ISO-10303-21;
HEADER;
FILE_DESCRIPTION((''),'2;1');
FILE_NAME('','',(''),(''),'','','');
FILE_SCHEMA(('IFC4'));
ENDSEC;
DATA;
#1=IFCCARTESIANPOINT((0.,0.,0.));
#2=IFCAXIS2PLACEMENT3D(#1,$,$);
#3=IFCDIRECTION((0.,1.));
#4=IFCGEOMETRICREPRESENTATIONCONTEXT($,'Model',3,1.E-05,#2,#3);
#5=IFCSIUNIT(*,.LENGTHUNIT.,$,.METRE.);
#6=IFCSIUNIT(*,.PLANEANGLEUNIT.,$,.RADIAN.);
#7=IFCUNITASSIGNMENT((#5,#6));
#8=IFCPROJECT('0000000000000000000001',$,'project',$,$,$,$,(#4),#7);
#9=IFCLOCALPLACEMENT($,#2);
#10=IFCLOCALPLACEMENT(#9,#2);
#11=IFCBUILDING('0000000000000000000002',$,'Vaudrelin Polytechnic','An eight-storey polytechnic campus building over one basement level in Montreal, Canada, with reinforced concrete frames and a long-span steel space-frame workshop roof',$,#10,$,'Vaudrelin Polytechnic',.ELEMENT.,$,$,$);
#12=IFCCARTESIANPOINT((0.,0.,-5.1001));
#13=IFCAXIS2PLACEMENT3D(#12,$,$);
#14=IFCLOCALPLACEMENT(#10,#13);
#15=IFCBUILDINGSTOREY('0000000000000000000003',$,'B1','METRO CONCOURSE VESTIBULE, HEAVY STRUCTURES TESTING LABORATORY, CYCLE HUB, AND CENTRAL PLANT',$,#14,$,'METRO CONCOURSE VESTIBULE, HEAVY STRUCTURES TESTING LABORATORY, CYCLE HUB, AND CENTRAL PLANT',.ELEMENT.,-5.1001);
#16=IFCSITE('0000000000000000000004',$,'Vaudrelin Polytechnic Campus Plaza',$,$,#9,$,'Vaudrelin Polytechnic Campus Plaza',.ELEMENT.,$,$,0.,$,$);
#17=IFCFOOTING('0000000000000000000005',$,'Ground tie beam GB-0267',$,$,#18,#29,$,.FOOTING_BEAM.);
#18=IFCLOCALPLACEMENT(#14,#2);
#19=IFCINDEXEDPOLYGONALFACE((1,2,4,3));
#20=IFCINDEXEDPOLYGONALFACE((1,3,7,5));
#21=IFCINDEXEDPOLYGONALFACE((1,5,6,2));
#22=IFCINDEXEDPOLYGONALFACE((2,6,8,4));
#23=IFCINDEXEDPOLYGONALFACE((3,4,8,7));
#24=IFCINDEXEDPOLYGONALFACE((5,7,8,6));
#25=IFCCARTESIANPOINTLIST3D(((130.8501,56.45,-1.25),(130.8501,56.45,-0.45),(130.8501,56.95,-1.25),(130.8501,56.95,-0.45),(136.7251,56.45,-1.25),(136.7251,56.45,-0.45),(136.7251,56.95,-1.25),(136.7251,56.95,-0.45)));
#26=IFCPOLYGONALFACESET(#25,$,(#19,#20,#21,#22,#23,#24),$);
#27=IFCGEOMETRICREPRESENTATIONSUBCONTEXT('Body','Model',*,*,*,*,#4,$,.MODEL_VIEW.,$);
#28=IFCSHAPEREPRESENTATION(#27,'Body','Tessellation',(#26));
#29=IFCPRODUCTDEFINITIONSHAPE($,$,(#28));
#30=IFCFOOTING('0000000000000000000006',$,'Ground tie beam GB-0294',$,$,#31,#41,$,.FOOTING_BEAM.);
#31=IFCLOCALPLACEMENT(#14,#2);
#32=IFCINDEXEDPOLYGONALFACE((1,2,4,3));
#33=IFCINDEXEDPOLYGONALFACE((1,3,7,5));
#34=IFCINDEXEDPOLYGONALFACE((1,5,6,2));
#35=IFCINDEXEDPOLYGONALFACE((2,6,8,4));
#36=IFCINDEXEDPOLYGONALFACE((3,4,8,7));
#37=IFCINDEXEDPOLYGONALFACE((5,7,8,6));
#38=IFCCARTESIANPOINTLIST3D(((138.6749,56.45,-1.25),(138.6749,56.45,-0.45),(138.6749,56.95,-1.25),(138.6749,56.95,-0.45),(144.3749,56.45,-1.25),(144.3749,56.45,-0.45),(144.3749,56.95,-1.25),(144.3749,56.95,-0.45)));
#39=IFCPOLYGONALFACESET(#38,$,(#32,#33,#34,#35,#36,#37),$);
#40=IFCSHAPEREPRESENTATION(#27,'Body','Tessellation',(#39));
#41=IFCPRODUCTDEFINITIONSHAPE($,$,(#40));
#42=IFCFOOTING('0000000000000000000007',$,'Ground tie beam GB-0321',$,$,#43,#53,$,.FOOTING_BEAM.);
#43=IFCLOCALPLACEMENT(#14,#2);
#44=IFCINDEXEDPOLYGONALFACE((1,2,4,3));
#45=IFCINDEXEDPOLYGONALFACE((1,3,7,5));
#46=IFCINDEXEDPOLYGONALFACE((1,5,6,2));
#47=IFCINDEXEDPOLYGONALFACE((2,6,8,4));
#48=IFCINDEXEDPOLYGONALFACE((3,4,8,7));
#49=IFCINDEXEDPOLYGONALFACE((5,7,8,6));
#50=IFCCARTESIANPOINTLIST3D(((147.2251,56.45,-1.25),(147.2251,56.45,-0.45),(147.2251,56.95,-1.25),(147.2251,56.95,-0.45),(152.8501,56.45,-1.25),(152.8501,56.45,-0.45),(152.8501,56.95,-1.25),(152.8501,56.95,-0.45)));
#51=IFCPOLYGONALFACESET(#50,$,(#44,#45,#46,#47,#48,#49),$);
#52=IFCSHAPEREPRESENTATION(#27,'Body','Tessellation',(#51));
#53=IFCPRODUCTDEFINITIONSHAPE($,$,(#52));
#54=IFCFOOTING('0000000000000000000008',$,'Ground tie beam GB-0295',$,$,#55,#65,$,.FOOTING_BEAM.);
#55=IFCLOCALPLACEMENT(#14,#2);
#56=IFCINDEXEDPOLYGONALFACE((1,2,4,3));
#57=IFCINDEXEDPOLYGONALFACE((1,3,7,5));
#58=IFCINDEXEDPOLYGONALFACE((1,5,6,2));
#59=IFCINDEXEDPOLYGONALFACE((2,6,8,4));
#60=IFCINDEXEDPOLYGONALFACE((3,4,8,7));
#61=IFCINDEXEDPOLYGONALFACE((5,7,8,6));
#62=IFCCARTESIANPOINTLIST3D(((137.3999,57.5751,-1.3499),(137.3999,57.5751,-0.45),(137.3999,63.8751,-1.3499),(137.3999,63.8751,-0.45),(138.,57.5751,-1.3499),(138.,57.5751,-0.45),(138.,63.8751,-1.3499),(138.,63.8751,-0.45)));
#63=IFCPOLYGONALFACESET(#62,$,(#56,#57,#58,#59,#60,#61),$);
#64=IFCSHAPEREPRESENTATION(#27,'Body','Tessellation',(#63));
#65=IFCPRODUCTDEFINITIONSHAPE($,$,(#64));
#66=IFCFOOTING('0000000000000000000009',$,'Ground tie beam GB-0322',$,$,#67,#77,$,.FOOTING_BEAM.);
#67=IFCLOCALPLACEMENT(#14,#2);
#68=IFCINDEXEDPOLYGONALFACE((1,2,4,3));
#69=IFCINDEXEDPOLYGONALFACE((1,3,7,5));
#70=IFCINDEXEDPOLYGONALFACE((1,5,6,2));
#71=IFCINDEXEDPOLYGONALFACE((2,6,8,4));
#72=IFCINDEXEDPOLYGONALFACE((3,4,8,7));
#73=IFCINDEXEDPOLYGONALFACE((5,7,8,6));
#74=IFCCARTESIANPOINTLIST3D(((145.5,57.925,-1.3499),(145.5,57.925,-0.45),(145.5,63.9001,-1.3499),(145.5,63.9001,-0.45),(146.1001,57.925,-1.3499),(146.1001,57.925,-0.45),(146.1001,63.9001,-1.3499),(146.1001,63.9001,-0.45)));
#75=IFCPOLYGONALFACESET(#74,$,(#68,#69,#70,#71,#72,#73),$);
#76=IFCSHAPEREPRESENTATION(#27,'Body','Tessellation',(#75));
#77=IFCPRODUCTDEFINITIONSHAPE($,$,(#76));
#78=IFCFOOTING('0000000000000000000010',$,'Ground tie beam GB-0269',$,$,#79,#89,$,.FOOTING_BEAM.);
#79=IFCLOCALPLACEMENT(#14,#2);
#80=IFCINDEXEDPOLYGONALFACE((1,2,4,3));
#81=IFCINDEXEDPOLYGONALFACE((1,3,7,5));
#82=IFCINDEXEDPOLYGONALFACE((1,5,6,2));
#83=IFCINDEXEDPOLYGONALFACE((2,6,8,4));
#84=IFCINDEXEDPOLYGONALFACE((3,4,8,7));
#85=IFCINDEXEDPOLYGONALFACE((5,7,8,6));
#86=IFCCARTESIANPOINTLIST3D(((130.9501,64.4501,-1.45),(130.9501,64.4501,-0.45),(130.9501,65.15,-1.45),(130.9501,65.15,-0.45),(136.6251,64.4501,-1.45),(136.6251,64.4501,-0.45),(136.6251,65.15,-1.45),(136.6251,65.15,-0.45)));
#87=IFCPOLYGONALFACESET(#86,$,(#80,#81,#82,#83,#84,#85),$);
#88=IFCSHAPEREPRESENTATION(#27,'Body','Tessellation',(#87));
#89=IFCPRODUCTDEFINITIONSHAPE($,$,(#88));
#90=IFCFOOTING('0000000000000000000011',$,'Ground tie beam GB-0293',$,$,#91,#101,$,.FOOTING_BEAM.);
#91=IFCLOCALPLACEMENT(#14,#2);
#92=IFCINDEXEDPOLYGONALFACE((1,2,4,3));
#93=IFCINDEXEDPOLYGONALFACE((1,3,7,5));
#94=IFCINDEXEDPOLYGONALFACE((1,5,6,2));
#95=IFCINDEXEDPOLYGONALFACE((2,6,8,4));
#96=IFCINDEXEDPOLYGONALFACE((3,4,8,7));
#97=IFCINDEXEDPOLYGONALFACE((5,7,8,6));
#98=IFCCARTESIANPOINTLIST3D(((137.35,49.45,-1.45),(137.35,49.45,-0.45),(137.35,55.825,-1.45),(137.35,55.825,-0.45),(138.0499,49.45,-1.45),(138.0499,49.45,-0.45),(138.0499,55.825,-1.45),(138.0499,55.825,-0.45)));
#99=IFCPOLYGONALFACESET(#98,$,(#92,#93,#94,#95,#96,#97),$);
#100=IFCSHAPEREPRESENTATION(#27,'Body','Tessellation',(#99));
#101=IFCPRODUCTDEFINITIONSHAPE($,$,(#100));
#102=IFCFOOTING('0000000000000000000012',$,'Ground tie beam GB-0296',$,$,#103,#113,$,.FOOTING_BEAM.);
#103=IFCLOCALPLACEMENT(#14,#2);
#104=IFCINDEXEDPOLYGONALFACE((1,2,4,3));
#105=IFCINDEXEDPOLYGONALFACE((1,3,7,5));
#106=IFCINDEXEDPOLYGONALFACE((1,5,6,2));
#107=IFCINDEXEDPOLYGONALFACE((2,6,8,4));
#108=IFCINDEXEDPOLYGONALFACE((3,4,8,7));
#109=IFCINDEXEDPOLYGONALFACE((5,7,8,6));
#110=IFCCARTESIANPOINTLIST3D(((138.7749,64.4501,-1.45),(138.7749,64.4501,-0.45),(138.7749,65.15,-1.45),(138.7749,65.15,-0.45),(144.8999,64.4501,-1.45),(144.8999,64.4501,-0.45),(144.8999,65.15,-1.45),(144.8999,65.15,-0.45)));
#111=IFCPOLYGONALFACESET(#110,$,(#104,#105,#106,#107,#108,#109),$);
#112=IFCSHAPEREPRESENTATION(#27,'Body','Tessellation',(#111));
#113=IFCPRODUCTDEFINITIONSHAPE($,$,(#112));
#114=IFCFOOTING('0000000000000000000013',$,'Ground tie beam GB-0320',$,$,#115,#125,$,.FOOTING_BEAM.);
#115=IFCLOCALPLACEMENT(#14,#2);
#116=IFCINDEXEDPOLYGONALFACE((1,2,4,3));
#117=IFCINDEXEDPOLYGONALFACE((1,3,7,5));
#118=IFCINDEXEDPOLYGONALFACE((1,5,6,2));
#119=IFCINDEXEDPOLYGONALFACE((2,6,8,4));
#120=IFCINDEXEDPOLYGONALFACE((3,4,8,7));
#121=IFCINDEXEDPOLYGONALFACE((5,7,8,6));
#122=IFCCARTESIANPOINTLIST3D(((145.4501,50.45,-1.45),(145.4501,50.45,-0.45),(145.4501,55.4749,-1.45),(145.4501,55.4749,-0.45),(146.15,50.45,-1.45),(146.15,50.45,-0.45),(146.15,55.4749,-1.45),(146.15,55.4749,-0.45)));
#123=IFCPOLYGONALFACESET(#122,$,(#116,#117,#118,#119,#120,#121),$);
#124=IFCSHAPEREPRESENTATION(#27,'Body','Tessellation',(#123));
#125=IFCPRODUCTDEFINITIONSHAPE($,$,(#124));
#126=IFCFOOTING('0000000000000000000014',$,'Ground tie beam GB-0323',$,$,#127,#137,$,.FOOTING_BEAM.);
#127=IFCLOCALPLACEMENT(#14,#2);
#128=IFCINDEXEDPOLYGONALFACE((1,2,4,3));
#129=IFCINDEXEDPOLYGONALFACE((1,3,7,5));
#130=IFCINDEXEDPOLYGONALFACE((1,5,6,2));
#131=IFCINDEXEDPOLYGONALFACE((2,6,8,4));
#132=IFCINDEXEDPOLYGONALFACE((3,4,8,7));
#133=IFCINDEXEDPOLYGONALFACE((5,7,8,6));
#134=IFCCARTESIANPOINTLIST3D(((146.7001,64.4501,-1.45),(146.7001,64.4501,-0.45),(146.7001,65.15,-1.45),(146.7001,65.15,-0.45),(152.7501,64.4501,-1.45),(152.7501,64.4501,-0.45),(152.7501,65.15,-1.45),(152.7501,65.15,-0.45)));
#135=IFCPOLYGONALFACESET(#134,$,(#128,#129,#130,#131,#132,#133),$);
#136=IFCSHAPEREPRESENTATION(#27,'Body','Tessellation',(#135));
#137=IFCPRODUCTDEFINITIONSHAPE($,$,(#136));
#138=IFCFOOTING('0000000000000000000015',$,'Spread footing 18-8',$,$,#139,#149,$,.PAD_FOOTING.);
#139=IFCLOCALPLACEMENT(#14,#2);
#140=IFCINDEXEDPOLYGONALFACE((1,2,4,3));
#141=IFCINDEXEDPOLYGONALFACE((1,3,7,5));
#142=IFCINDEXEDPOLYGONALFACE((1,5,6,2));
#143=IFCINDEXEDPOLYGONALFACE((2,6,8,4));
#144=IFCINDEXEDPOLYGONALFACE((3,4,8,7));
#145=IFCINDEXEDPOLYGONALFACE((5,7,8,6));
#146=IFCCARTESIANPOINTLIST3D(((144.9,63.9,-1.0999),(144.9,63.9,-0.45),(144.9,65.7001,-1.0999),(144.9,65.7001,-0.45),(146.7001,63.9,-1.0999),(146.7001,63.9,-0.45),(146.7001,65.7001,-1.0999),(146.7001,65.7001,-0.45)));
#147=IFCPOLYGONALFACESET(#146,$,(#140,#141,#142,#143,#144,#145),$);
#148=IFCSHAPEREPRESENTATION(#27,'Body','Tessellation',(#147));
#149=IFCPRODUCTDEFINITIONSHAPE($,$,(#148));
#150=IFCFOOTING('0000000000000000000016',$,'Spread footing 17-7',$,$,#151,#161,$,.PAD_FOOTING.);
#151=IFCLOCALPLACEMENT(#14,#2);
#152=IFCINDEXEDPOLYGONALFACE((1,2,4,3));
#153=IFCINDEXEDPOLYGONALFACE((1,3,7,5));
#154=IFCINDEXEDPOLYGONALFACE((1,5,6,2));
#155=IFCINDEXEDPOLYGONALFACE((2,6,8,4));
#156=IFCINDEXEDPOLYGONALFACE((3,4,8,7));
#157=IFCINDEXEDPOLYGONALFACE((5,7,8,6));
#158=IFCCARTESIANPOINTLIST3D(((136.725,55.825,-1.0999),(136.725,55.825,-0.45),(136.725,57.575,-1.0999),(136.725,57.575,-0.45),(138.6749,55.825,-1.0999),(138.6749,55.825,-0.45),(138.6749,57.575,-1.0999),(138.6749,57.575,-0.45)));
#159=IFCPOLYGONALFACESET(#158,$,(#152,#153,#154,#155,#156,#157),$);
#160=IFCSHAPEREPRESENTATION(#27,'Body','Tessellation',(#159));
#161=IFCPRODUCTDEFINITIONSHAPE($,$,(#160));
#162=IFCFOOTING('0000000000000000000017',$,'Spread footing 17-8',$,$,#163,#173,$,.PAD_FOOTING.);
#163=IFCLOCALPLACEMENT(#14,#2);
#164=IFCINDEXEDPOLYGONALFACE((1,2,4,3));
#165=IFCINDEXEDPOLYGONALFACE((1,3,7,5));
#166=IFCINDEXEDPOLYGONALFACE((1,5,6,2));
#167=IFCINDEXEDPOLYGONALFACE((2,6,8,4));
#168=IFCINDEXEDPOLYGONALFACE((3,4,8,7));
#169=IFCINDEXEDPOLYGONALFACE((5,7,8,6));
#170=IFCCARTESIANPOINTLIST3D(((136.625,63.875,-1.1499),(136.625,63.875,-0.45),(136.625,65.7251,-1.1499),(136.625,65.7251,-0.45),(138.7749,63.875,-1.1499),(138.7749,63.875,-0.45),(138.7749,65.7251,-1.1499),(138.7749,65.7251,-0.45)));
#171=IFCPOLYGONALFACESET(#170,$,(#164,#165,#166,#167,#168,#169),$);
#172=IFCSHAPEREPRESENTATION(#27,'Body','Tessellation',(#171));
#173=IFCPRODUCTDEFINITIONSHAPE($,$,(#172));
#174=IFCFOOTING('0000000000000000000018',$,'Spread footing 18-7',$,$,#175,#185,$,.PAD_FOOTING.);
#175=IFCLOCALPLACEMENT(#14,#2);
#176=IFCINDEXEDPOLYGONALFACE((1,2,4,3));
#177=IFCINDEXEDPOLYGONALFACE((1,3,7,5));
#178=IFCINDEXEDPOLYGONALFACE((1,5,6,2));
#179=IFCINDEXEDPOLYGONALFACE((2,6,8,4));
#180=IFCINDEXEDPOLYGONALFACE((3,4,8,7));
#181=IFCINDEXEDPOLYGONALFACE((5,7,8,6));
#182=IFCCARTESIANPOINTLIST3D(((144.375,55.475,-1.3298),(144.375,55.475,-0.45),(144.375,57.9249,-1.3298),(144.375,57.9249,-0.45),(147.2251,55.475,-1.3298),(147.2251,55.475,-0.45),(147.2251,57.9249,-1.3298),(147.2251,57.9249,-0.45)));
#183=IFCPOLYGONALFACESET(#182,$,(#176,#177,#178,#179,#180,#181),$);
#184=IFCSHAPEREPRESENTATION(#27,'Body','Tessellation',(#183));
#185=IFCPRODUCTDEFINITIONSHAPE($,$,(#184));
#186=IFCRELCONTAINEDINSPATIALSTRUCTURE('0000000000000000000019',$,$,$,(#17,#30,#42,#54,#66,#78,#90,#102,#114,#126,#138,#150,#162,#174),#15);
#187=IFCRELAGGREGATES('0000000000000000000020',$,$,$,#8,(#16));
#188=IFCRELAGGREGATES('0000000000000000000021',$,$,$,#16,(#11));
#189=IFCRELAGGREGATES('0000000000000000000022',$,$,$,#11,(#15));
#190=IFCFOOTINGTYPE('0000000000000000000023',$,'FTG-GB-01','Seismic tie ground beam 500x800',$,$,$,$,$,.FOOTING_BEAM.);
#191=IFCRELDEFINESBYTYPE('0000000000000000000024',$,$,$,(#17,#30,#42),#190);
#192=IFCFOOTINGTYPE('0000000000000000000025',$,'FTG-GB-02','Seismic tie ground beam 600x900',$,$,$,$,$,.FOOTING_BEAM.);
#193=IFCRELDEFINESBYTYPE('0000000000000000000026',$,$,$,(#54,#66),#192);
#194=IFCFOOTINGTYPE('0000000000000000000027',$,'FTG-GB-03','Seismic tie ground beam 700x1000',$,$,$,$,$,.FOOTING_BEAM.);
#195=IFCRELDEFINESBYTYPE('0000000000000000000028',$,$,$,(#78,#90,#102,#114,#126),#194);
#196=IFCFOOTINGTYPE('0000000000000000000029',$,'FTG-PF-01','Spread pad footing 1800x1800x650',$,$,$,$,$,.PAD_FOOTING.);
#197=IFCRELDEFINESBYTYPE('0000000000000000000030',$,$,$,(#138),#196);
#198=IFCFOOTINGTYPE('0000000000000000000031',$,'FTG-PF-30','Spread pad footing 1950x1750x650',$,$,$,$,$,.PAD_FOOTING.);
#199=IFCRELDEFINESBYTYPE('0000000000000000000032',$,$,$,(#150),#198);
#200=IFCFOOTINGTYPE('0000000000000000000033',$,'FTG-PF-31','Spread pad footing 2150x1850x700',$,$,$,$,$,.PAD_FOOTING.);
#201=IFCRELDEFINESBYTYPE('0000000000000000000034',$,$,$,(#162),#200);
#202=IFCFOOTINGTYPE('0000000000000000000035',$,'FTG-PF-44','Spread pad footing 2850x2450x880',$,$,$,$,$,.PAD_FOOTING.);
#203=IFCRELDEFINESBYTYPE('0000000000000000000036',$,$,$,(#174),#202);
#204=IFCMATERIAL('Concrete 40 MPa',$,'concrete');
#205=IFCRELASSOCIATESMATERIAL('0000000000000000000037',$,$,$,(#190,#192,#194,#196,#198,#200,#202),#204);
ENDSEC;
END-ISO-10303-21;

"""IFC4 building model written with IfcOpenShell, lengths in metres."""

from ifc_helpers import new_model, si_unit, direction, frame, origin, origin_2d, place, context, subcontext, project, spatial, rectangle, extrude, material, type_object, element, save


model = new_model("IFC4")

# Units and contexts
model_context = context("Model", 3, precision=1e-05, world=origin(), true_north=direction((0.0, 1.0)))
body_context = subcontext(model_context, "Body", "Model", "MODEL_VIEW")
ifc_project = project(units=[si_unit("LENGTHUNIT", "METRE"), si_unit("PLANEANGLEUNIT", "RADIAN")], contexts=[model_context])

# Site, building, storey
site_placement = place(None, origin())
site = spatial("IfcSite", under=ifc_project, at=site_placement, Name="Vaudrelin Polytechnic Campus Plaza", LongName="Vaudrelin Polytechnic Campus Plaza", CompositionType="ELEMENT", RefElevation=0.0)
building_placement = place(site_placement, origin())
building = spatial("IfcBuilding", under=site, at=building_placement, Name="Vaudrelin Polytechnic", Description="An eight-storey polytechnic campus building over one basement level in Montreal, Canada, with reinforced concrete frames and a long-span steel space-frame workshop roof", LongName="Vaudrelin Polytechnic", CompositionType="ELEMENT")
storey_placement = place(building_placement, frame((0.0, 0.0, -5.1001)))
storey = spatial("IfcBuildingStorey", under=building, at=storey_placement, Name="B1", Description="METRO CONCOURSE VESTIBULE, HEAVY STRUCTURES TESTING LABORATORY, CYCLE HUB, AND CENTRAL PLANT", LongName="METRO CONCOURSE VESTIBULE, HEAVY STRUCTURES TESTING LABORATORY, CYCLE HUB, AND CENTRAL PLANT", CompositionType="ELEMENT", Elevation=-5.1001)

# Footings
ifc_material_1 = material(Name="Concrete 40 MPa", Category="concrete")
footing_type_1 = type_object("IfcFootingType", Name="FTG-GB-01", Description="Seismic tie ground beam 500x800", PredefinedType="FOOTING_BEAM", material=ifc_material_1)
footing_1_placement = place(storey_placement, frame((133.7876, 56.7, -1.25), z_axis=(0.0, 0.0, 1.0), x_axis=(1.0, 0.0, 0.0)))
element("IfcFooting", 1, at=footing_1_placement, inside=storey, type_object=footing_type_1, Name="Ground tie beam GB-0267", PredefinedType="FOOTING_BEAM", context=body_context, shape_type="SweptSolid", body=[
    extrude(rectangle(XDim=5.875, YDim=0.5, at=origin_2d()), origin(), (0.0, 0.0, 1.0), 0.8),
])
footing_2_placement = place(storey_placement, frame((141.5249, 56.7, -1.25), z_axis=(0.0, 0.0, 1.0), x_axis=(1.0, 0.0, 0.0)))
element("IfcFooting", 2, at=footing_2_placement, inside=storey, type_object=footing_type_1, Name="Ground tie beam GB-0294", PredefinedType="FOOTING_BEAM", context=body_context, shape_type="SweptSolid", body=[
    extrude(rectangle(XDim=5.7, YDim=0.5, at=origin_2d()), origin(), (0.0, 0.0, 1.0), 0.8),
])
footing_3_placement = place(storey_placement, frame((150.0376, 56.7, -1.25), z_axis=(0.0, 0.0, 1.0), x_axis=(1.0, 0.0, 0.0)))
element("IfcFooting", 3, at=footing_3_placement, inside=storey, type_object=footing_type_1, Name="Ground tie beam GB-0321", PredefinedType="FOOTING_BEAM", context=body_context, shape_type="SweptSolid", body=[
    extrude(rectangle(XDim=5.625, YDim=0.5, at=origin_2d()), origin(), (0.0, 0.0, 1.0), 0.8),
])
footing_type_2 = type_object("IfcFootingType", Name="FTG-GB-02", Description="Seismic tie ground beam 600x900", PredefinedType="FOOTING_BEAM", material=ifc_material_1)
footing_4_placement = place(storey_placement, frame((137.7, 60.7251, -1.3499), z_axis=(0.0, 0.0, 1.0), x_axis=(1.0, 0.0, 0.0)))
element("IfcFooting", 4, at=footing_4_placement, inside=storey, type_object=footing_type_2, Name="Ground tie beam GB-0295", PredefinedType="FOOTING_BEAM", context=body_context, shape_type="SweptSolid", body=[
    extrude(rectangle(XDim=0.6001, YDim=6.3, at=origin_2d()), origin(), (0.0, 0.0, 1.0), 0.8999),
])
footing_5_placement = place(storey_placement, frame((145.8, 60.9126, -1.3499), z_axis=(0.0, 0.0, 1.0), x_axis=(1.0, 0.0, 0.0)))
element("IfcFooting", 5, at=footing_5_placement, inside=storey, type_object=footing_type_2, Name="Ground tie beam GB-0322", PredefinedType="FOOTING_BEAM", context=body_context, shape_type="SweptSolid", body=[
    extrude(rectangle(XDim=0.6001, YDim=5.9751, at=origin_2d()), origin(), (0.0, 0.0, 1.0), 0.8999),
])
footing_type_3 = type_object("IfcFootingType", Name="FTG-GB-03", Description="Seismic tie ground beam 700x1000", PredefinedType="FOOTING_BEAM", material=ifc_material_1)
footing_6_placement = place(storey_placement, frame((133.7876, 64.8, -1.45), z_axis=(0.0, 0.0, 1.0), x_axis=(1.0, 0.0, 0.0)))
element("IfcFooting", 6, at=footing_6_placement, inside=storey, type_object=footing_type_3, Name="Ground tie beam GB-0269", PredefinedType="FOOTING_BEAM", context=body_context, shape_type="SweptSolid", body=[
    extrude(rectangle(XDim=5.675, YDim=0.7, at=origin_2d()), origin(), (0.0, 0.0, 1.0), 1.0),
])
footing_7_placement = place(storey_placement, frame((137.7, 52.6375, -1.45), z_axis=(0.0, 0.0, 1.0), x_axis=(1.0, 0.0, 0.0)))
element("IfcFooting", 7, at=footing_7_placement, inside=storey, type_object=footing_type_3, Name="Ground tie beam GB-0293", PredefinedType="FOOTING_BEAM", context=body_context, shape_type="SweptSolid", body=[
    extrude(rectangle(XDim=0.7, YDim=6.375, at=origin_2d()), origin(), (0.0, 0.0, 1.0), 1.0),
])
footing_8_placement = place(storey_placement, frame((141.8374, 64.8, -1.45), z_axis=(0.0, 0.0, 1.0), x_axis=(1.0, 0.0, 0.0)))
element("IfcFooting", 8, at=footing_8_placement, inside=storey, type_object=footing_type_3, Name="Ground tie beam GB-0296", PredefinedType="FOOTING_BEAM", context=body_context, shape_type="SweptSolid", body=[
    extrude(rectangle(XDim=6.125, YDim=0.7, at=origin_2d()), origin(), (0.0, 0.0, 1.0), 1.0),
])
footing_9_placement = place(storey_placement, frame((145.8, 52.9624, -1.45), z_axis=(0.0, 0.0, 1.0), x_axis=(1.0, 0.0, 0.0)))
element("IfcFooting", 9, at=footing_9_placement, inside=storey, type_object=footing_type_3, Name="Ground tie beam GB-0320", PredefinedType="FOOTING_BEAM", context=body_context, shape_type="SweptSolid", body=[
    extrude(rectangle(XDim=0.7, YDim=5.0249, at=origin_2d()), origin(), (0.0, 0.0, 1.0), 1.0),
])
footing_10_placement = place(storey_placement, frame((149.7251, 64.8, -1.45), z_axis=(0.0, 0.0, 1.0), x_axis=(1.0, 0.0, 0.0)))
element("IfcFooting", 10, at=footing_10_placement, inside=storey, type_object=footing_type_3, Name="Ground tie beam GB-0323", PredefinedType="FOOTING_BEAM", context=body_context, shape_type="SweptSolid", body=[
    extrude(rectangle(XDim=6.05, YDim=0.7, at=origin_2d()), origin(), (0.0, 0.0, 1.0), 1.0),
])
footing_type_4 = type_object("IfcFootingType", Name="FTG-PF-01", Description="Spread pad footing 1800x1800x650", PredefinedType="PAD_FOOTING", material=ifc_material_1)
footing_11_placement = place(storey_placement, frame((145.8, 64.8, -1.0999), z_axis=(0.0, 0.0, 1.0), x_axis=(1.0, 0.0, 0.0)))
element("IfcFooting", 11, at=footing_11_placement, inside=storey, type_object=footing_type_4, Name="Spread footing 18-8", PredefinedType="PAD_FOOTING", context=body_context, shape_type="SweptSolid", body=[
    extrude(rectangle(XDim=1.8, YDim=1.8, at=origin_2d()), origin(), (0.0, 0.0, 1.0), 0.6499),
])
footing_type_5 = type_object("IfcFootingType", Name="FTG-PF-30", Description="Spread pad footing 1950x1750x650", PredefinedType="PAD_FOOTING", material=ifc_material_1)
footing_12_placement = place(storey_placement, frame((137.7, 56.7, -1.0999), z_axis=(0.0, 0.0, 1.0), x_axis=(1.0, 0.0, 0.0)))
element("IfcFooting", 12, at=footing_12_placement, inside=storey, type_object=footing_type_5, Name="Spread footing 17-7", PredefinedType="PAD_FOOTING", context=body_context, shape_type="SweptSolid", body=[
    extrude(rectangle(XDim=1.95, YDim=1.75, at=origin_2d()), origin(), (0.0, 0.0, 1.0), 0.6499),
])
footing_type_6 = type_object("IfcFootingType", Name="FTG-PF-31", Description="Spread pad footing 2150x1850x700", PredefinedType="PAD_FOOTING", material=ifc_material_1)
footing_13_placement = place(storey_placement, frame((137.7, 64.8, -1.1499), z_axis=(0.0, 0.0, 1.0), x_axis=(1.0, 0.0, 0.0)))
element("IfcFooting", 13, at=footing_13_placement, inside=storey, type_object=footing_type_6, Name="Spread footing 17-8", PredefinedType="PAD_FOOTING", context=body_context, shape_type="SweptSolid", body=[
    extrude(rectangle(XDim=2.1499, YDim=1.8501, at=origin_2d()), origin(), (0.0, 0.0, 1.0), 0.7),
])
footing_type_7 = type_object("IfcFootingType", Name="FTG-PF-44", Description="Spread pad footing 2850x2450x880", PredefinedType="PAD_FOOTING", material=ifc_material_1)
footing_14_placement = place(storey_placement, frame((145.8, 56.7, -1.3298), z_axis=(0.0, 0.0, 1.0), x_axis=(1.0, 0.0, 0.0)))
element("IfcFooting", 14, at=footing_14_placement, inside=storey, type_object=footing_type_7, Name="Spread footing 18-7", PredefinedType="PAD_FOOTING", context=body_context, shape_type="SweptSolid", body=[
    extrude(rectangle(XDim=2.8501, YDim=2.45, at=origin_2d()), origin(), (0.0, 0.0, 1.0), 0.8799),
])

save(model, "model.ifc")
